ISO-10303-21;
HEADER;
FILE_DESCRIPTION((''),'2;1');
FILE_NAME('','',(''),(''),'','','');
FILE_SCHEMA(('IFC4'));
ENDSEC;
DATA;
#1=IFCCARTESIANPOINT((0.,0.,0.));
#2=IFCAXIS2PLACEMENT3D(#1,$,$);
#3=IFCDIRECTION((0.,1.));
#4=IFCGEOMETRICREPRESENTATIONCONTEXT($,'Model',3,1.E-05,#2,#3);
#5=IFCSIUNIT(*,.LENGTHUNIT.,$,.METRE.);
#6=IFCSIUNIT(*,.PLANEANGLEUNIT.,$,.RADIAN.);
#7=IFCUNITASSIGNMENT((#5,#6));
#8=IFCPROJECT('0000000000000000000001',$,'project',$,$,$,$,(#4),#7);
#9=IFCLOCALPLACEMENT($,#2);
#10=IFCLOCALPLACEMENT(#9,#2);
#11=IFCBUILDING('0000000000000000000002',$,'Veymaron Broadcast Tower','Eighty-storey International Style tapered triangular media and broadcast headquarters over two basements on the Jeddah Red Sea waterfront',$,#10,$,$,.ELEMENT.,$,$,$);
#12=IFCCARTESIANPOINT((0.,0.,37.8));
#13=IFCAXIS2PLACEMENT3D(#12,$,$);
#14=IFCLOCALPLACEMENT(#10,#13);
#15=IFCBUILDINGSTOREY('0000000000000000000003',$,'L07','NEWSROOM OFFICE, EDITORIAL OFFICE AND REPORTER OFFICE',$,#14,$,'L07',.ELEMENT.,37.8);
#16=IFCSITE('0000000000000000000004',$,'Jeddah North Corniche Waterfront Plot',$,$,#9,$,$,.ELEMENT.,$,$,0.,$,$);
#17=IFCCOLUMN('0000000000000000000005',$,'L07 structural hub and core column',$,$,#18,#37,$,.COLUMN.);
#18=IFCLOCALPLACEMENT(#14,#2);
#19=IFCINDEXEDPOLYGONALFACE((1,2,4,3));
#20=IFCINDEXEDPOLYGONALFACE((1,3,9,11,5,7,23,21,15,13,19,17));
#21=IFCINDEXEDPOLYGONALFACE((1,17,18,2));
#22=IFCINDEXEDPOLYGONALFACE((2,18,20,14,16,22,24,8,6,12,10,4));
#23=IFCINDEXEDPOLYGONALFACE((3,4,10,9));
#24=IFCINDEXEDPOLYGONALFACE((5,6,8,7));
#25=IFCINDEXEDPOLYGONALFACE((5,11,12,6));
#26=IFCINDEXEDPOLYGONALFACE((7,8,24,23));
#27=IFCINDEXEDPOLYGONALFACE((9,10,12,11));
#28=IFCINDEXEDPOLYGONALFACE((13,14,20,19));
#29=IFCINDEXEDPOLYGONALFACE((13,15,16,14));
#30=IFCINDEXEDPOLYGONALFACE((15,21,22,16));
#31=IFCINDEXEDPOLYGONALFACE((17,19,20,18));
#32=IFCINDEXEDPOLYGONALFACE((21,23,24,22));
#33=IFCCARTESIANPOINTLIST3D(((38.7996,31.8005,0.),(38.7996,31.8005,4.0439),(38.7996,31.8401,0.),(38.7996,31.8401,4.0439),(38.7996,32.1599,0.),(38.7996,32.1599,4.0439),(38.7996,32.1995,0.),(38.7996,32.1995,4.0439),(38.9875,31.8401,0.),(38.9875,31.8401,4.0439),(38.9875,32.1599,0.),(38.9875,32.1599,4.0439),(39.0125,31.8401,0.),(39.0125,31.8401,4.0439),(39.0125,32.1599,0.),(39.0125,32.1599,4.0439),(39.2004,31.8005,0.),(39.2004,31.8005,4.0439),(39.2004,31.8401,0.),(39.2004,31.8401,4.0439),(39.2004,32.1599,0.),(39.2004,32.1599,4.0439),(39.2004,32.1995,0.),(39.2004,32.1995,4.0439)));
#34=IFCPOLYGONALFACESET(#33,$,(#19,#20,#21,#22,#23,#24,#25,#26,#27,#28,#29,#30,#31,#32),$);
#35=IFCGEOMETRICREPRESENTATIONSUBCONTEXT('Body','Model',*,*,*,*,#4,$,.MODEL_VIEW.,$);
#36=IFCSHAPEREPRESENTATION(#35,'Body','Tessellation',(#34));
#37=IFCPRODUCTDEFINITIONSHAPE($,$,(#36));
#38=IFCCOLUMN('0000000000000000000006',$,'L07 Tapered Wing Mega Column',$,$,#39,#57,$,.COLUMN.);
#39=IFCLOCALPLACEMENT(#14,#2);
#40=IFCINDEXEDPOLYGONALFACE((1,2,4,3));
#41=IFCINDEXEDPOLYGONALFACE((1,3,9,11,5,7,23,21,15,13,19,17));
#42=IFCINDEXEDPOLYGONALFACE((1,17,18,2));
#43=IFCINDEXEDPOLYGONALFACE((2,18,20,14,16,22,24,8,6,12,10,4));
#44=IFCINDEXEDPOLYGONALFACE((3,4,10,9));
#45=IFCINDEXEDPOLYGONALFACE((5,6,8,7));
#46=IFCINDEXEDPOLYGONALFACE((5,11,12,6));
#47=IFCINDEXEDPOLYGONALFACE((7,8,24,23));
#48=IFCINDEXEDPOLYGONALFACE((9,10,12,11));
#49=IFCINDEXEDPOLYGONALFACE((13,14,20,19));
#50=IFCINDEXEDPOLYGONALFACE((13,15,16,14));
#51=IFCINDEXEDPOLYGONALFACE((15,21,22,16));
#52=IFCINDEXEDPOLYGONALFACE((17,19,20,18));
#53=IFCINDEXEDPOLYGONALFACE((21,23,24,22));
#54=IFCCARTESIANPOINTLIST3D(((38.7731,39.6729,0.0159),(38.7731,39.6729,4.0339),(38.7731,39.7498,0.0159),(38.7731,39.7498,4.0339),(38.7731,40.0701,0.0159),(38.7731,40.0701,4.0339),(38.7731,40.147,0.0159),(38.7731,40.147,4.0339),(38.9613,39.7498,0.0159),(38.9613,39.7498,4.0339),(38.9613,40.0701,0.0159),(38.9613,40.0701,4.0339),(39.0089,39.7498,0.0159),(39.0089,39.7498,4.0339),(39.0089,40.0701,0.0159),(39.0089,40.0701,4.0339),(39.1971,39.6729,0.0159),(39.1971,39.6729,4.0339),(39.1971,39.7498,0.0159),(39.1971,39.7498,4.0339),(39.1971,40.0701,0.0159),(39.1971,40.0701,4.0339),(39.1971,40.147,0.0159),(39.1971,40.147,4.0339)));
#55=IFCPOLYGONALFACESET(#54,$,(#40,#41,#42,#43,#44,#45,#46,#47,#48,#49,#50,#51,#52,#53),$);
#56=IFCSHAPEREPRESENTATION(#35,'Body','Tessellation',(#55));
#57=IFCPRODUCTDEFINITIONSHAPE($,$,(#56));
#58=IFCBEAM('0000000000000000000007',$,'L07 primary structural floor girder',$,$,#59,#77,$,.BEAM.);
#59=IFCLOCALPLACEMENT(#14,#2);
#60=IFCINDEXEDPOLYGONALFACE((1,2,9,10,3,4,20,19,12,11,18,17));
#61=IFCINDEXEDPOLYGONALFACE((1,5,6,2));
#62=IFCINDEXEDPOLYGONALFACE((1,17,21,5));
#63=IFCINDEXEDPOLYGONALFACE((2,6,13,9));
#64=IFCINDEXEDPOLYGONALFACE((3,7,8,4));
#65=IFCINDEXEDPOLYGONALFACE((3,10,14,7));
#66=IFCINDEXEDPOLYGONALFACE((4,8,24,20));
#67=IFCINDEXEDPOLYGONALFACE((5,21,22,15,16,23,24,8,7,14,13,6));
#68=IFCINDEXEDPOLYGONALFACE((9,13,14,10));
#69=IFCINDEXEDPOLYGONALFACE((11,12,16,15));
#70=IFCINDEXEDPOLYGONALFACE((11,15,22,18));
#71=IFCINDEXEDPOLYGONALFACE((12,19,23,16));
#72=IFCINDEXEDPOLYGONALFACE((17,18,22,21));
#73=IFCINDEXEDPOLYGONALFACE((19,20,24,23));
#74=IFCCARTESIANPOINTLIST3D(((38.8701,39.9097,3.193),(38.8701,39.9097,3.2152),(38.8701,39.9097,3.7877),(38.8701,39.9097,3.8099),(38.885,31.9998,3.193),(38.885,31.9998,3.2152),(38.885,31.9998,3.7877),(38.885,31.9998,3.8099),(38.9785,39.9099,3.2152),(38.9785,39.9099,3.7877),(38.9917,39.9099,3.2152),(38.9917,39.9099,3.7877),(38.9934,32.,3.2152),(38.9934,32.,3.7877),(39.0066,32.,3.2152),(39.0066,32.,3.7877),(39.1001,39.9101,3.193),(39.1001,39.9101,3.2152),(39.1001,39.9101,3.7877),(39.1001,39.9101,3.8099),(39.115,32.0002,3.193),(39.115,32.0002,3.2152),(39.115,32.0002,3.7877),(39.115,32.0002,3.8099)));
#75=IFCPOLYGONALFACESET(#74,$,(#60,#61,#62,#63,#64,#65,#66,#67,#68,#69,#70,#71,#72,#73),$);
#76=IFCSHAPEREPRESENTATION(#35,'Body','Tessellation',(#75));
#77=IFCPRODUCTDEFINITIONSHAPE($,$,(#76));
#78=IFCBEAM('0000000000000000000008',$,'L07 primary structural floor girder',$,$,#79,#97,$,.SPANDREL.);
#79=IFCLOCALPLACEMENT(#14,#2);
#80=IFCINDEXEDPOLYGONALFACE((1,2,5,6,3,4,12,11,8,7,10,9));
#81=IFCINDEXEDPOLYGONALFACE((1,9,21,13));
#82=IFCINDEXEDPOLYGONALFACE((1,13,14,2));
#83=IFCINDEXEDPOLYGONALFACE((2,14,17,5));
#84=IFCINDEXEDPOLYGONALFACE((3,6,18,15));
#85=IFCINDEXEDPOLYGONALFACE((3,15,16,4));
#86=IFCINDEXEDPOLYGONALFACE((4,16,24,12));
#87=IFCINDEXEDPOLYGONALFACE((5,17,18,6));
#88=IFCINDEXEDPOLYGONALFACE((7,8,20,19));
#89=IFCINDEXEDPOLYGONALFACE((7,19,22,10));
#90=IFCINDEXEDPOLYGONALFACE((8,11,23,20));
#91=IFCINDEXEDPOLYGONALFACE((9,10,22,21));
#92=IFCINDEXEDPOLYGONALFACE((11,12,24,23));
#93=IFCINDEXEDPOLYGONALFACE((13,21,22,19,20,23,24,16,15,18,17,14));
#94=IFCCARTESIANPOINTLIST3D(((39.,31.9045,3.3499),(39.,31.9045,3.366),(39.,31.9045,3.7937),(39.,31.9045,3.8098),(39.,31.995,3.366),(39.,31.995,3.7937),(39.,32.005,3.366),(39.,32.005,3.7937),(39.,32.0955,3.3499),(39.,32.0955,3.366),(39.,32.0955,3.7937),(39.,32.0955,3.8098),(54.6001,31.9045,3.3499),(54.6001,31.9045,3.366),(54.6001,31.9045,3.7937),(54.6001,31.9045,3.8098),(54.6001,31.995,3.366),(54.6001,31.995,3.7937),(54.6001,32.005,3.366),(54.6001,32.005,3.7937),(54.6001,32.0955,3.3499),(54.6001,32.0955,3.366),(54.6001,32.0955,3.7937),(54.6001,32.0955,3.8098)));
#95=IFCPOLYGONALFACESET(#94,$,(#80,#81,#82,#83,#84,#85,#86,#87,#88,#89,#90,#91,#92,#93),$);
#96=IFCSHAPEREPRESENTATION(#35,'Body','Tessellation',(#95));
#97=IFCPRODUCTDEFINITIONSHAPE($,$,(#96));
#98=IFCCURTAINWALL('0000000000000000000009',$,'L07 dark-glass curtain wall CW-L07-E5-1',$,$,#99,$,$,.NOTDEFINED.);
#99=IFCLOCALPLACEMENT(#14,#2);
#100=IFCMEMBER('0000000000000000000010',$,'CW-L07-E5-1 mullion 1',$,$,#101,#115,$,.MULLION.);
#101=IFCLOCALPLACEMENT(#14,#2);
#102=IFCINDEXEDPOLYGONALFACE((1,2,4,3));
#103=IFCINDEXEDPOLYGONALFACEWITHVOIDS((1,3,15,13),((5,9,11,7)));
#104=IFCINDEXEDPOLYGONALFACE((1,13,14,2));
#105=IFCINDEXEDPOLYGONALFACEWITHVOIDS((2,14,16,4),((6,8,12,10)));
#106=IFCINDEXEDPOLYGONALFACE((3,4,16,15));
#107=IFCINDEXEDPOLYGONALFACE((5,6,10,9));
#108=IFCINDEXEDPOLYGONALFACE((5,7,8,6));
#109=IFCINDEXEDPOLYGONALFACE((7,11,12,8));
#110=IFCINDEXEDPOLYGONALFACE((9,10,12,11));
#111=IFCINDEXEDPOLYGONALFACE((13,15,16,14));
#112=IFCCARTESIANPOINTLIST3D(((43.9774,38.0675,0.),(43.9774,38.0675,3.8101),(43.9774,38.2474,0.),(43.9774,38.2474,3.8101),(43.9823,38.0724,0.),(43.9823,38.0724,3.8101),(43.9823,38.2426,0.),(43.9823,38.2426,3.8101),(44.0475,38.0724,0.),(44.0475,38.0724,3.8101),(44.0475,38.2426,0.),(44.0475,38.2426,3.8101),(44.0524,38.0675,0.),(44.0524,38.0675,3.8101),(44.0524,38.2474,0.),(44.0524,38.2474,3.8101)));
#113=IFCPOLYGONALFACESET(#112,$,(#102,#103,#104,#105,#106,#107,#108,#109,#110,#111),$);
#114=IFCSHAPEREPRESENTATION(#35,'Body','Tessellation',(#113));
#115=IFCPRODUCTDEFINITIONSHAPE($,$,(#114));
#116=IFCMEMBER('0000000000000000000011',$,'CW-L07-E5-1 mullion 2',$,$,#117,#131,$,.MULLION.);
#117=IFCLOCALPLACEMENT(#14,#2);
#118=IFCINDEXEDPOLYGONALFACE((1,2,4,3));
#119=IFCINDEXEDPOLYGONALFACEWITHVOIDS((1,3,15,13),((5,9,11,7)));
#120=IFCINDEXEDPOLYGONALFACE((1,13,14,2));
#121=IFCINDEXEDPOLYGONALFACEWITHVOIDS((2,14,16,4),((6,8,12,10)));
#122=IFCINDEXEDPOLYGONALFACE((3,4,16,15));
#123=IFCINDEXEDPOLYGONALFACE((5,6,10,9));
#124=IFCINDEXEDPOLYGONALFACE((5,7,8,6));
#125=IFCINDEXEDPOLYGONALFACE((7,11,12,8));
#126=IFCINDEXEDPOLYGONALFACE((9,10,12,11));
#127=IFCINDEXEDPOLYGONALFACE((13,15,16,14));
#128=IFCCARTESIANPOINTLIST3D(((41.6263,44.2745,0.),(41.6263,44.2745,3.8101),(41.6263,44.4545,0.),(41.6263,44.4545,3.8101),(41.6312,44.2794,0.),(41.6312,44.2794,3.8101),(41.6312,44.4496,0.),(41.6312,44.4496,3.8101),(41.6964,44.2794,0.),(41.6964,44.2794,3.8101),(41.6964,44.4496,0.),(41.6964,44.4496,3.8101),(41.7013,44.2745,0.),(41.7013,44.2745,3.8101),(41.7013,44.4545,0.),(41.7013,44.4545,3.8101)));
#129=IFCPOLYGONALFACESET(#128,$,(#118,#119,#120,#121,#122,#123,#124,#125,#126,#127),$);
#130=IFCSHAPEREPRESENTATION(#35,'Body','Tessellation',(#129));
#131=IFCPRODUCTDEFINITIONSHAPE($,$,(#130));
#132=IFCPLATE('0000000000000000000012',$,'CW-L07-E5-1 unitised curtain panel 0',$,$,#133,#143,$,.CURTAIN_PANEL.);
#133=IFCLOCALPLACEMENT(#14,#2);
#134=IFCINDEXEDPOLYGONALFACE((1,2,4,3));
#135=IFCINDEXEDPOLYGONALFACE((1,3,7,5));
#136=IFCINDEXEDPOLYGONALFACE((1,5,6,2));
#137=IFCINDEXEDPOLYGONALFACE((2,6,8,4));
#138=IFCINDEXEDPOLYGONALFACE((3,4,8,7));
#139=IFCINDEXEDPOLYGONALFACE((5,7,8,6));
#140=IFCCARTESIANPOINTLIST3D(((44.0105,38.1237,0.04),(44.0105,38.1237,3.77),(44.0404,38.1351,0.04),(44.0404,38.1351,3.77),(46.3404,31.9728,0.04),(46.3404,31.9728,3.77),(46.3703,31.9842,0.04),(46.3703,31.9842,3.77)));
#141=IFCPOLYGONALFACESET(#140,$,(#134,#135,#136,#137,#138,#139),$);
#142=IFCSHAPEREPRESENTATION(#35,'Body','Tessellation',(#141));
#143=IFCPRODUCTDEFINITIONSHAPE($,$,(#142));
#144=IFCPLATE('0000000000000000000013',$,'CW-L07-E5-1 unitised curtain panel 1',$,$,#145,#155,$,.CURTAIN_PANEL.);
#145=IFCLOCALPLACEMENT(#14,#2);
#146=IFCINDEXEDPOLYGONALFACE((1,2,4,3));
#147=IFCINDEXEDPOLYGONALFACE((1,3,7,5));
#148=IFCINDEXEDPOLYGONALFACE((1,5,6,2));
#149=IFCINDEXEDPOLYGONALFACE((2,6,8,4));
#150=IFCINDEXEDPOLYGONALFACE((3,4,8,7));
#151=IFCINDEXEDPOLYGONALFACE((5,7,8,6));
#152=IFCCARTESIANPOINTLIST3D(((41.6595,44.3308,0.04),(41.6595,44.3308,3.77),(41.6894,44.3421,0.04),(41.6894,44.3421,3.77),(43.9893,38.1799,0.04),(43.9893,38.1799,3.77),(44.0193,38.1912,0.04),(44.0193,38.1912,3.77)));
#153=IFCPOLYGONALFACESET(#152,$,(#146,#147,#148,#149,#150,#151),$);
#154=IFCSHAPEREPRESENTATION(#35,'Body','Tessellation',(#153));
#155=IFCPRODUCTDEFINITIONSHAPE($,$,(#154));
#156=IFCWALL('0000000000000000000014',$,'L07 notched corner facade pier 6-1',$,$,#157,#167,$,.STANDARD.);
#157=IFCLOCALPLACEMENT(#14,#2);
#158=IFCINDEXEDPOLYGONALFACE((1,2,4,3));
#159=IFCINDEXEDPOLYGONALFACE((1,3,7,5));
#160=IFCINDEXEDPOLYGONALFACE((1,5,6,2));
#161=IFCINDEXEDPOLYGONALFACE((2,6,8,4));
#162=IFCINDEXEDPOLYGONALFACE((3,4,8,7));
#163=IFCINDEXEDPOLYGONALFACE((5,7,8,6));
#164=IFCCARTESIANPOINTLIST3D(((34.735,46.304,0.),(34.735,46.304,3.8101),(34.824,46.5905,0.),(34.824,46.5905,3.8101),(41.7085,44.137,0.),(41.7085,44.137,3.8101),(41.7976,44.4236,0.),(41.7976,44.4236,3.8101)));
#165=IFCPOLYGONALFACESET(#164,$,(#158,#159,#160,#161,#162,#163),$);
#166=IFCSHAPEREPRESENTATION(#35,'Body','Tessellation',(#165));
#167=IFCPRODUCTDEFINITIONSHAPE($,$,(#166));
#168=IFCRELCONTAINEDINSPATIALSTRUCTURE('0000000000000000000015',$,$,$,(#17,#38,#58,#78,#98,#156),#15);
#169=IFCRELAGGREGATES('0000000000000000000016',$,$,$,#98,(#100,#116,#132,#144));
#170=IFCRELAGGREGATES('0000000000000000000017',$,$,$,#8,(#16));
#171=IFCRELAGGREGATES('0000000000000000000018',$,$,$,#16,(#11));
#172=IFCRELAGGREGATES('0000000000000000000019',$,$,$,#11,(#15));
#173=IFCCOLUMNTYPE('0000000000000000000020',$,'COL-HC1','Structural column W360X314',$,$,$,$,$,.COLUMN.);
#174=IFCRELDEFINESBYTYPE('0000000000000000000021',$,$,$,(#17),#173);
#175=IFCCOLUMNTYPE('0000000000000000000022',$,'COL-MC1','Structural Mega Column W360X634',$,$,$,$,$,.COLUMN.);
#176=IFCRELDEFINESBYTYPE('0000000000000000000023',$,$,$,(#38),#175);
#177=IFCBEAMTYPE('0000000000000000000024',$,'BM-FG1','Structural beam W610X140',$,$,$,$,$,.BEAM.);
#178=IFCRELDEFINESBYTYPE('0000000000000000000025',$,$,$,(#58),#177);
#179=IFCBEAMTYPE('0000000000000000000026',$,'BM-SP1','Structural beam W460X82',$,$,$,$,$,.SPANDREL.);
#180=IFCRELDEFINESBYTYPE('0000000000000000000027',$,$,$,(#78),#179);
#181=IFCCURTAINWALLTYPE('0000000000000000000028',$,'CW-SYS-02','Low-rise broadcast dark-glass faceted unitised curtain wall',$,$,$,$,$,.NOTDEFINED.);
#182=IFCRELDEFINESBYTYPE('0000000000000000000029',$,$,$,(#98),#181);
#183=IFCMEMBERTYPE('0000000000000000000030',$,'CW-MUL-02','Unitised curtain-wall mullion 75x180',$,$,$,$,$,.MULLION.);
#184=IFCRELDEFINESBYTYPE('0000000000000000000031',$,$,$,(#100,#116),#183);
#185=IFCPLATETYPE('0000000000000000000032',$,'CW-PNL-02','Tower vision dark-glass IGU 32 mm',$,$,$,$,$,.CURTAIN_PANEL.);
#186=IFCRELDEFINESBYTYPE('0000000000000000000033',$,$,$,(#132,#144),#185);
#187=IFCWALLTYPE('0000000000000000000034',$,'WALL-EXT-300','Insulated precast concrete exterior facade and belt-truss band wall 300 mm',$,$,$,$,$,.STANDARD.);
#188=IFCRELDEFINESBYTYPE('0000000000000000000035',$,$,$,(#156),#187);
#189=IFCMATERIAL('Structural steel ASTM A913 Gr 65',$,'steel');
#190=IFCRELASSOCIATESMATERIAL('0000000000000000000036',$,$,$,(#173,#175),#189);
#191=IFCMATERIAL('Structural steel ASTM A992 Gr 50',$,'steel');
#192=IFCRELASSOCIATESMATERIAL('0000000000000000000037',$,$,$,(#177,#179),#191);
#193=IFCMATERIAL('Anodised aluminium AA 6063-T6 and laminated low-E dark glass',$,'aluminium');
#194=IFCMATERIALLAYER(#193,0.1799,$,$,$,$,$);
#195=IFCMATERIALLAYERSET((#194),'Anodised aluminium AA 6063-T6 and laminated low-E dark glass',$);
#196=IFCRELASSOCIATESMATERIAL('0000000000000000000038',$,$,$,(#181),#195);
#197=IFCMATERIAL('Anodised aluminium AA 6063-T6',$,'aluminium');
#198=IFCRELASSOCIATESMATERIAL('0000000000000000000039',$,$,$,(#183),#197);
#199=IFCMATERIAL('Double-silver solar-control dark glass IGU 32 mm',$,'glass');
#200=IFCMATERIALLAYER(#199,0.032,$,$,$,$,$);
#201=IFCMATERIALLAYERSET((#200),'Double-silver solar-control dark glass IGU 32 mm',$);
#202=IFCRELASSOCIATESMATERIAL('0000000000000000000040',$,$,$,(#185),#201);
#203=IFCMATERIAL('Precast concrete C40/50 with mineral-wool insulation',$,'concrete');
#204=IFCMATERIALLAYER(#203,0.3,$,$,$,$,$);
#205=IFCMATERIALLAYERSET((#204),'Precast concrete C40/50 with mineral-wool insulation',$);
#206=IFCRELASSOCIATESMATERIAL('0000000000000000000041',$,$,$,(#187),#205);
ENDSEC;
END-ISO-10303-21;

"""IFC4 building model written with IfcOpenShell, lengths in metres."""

from ifc_helpers import new_model, si_unit, direction, frame, frame_2d, origin, origin_2d, place, context, subcontext, project, spatial, rectangle, hollow_rectangle, i_section, extrude, material, layer, layer_set, material_profile, profile_set, type_object, element, aggregate, save


model = new_model("IFC4")

# Units and contexts
model_context = context("Model", 3, precision=1e-05, world=origin(), true_north=direction((0.0, 1.0)))
body_context = subcontext(model_context, "Body", "Model", "MODEL_VIEW")
ifc_project = project(units=[si_unit("LENGTHUNIT", "METRE"), si_unit("PLANEANGLEUNIT", "RADIAN")], contexts=[model_context])

# Site, building, storey
site_placement = place(None, origin())
site = spatial("IfcSite", under=ifc_project, at=site_placement, Name="Jeddah North Corniche Waterfront Plot", CompositionType="ELEMENT", RefElevation=0.0)
building_placement = place(site_placement, origin())
building = spatial("IfcBuilding", under=site, at=building_placement, Name="Veymaron Broadcast Tower", Description="Eighty-storey International Style tapered triangular media and broadcast headquarters over two basements on the Jeddah Red Sea waterfront", CompositionType="ELEMENT")
storey_placement = place(building_placement, frame((0.0, 0.0, 37.8)))
storey = spatial("IfcBuildingStorey", under=building, at=storey_placement, Name="L07", Description="NEWSROOM OFFICE, EDITORIAL OFFICE AND REPORTER OFFICE", LongName="L07", CompositionType="ELEMENT", Elevation=37.8)

# Columns
ifc_material_1 = material(Name="Structural steel ASTM A913 Gr 65", Category="steel")
ifc_material_profile_1 = material_profile(ifc_material_1, i_section(OverallWidth=0.4009, OverallDepth=0.3989, WebThickness=0.0249, FlangeThickness=0.0396, at=origin_2d()), Name="W360X314")
ifc_profile_set_1 = profile_set([ifc_material_profile_1], Name="Structural steel ASTM A913 Gr 65")
column_type_1 = type_object("IfcColumnType", Name="COL-HC1", Description="Structural column W360X314", PredefinedType="COLUMN", material=ifc_profile_set_1)
column_1_placement = place(storey_placement, frame((39.0, 32.0, 0.0), z_axis=(0.0, 0.0, 1.0), x_axis=(1.0, 0.0, 0.0)))
element("IfcColumn", 1, at=column_1_placement, inside=storey, type_object=column_type_1, Name="L07 structural hub and core column", PredefinedType="COLUMN", context=body_context, shape_type="SweptSolid", body=[
    extrude(i_section(OverallWidth=0.4009, OverallDepth=0.3989, WebThickness=0.0249, FlangeThickness=0.0396, at=origin_2d()), origin(), (0.0, 0.0, 1.0), 4.0439),
])
ifc_material_profile_2 = material_profile(ifc_material_1, i_section(OverallWidth=0.4241, OverallDepth=0.4741, WebThickness=0.0476, FlangeThickness=0.0769, at=origin_2d()), Name="W360X634")
ifc_profile_set_2 = profile_set([ifc_material_profile_2], Name="Structural steel ASTM A913 Gr 65")
column_type_2 = type_object("IfcColumnType", Name="COL-MC1", Description="Structural Mega Column W360X634", PredefinedType="COLUMN", material=ifc_profile_set_2)
column_2_placement = place(storey_placement, frame((38.9851, 39.9099, 0.0159), z_axis=(0.0, 0.0, 1.0), x_axis=(1.0, 0.0, 0.0)))
element("IfcColumn", 2, at=column_2_placement, inside=storey, type_object=column_type_2, Name="L07 Tapered Wing Mega Column", PredefinedType="COLUMN", context=body_context, shape_type="SweptSolid", body=[
    extrude(i_section(OverallWidth=0.4241, OverallDepth=0.4741, WebThickness=0.0476, FlangeThickness=0.0769, at=origin_2d()), origin(), (0.0, 0.0, 1.0), 4.0181),
])

# Beams
ifc_material_2 = material(Name="Structural steel ASTM A992 Gr 50", Category="steel")
ifc_material_profile_3 = material_profile(ifc_material_2, i_section(OverallWidth=0.23, OverallDepth=0.6169, WebThickness=0.0132, FlangeThickness=0.0222, at=origin_2d()), Name="W610X140")
ifc_profile_set_3 = profile_set([ifc_material_profile_3], Name="Structural steel ASTM A992 Gr 50")
beam_type_1 = type_object("IfcBeamType", Name="BM-FG1", Description="Structural beam W610X140", PredefinedType="BEAM", material=ifc_profile_set_3)
beam_1_placement = place(storey_placement, frame((39.0, 32.0, 3.5015), z_axis=(-0.001883, 0.999998, 0.0), x_axis=(-0.999998, -0.001883, 0.0)))
element("IfcBeam", 3, at=beam_1_placement, inside=storey, type_object=beam_type_1, Name="L07 primary structural floor girder", PredefinedType="BEAM", context=body_context, shape_type="SweptSolid", body=[
    extrude(i_section(OverallWidth=0.23, OverallDepth=0.6169, WebThickness=0.0132, FlangeThickness=0.0222, at=origin_2d()), origin(), (0.0, 0.0, 1.0), 7.9099),
])
ifc_material_profile_4 = material_profile(ifc_material_2, i_section(OverallWidth=0.1909, OverallDepth=0.46, WebThickness=0.01, FlangeThickness=0.0161, at=origin_2d()), Name="W460X82")
ifc_profile_set_4 = profile_set([ifc_material_profile_4], Name="Structural steel ASTM A992 Gr 50")
beam_type_2 = type_object("IfcBeamType", Name="BM-SP1", Description="Structural beam W460X82", PredefinedType="SPANDREL", material=ifc_profile_set_4)
beam_2_placement = place(storey_placement, frame((39.0, 32.0, 3.5798), z_axis=(1.0, 0.0, 0.0), x_axis=(0.0, 1.0, 0.0)))
element("IfcBeam", 4, at=beam_2_placement, inside=storey, type_object=beam_type_2, Name="L07 primary structural floor girder", PredefinedType="SPANDREL", context=body_context, shape_type="SweptSolid", body=[
    extrude(i_section(OverallWidth=0.1909, OverallDepth=0.46, WebThickness=0.01, FlangeThickness=0.0161, at=origin_2d()), origin(), (0.0, 0.0, 1.0), 15.6001),
])

# Curtain wall, members, plates
ifc_material_3 = material(Name="Anodised aluminium AA 6063-T6 and laminated low-E dark glass", Category="aluminium")
ifc_layer_1 = layer(ifc_material_3, 0.1799)
ifc_layer_set_1 = layer_set([ifc_layer_1], Name="Anodised aluminium AA 6063-T6 and laminated low-E dark glass")
curtain_wall_type = type_object("IfcCurtainWallType", Name="CW-SYS-02", Description="Low-rise broadcast dark-glass faceted unitised curtain wall", PredefinedType="NOTDEFINED", material=ifc_layer_set_1)
curtain_wall_placement = place(storey_placement, origin())
curtain_wall = element("IfcCurtainWall", 5, at=curtain_wall_placement, inside=storey, type_object=curtain_wall_type, Name="L07 dark-glass curtain wall CW-L07-E5-1", PredefinedType="NOTDEFINED")
ifc_material_4 = material(Name="Anodised aluminium AA 6063-T6", Category="aluminium")
ifc_material_profile_5 = material_profile(ifc_material_4, hollow_rectangle(XDim=0.075, YDim=0.1799, WallThickness=0.0049, at=origin_2d()), Name="AL180X75X5")
ifc_profile_set_5 = profile_set([ifc_material_profile_5], Name="Anodised aluminium AA 6063-T6")
member_type = type_object("IfcMemberType", Name="CW-MUL-02", Description="Unitised curtain-wall mullion 75x180", PredefinedType="MULLION", material=ifc_profile_set_5)
member_1_placement = place(storey_placement, frame((44.0149, 38.1575, 0.0), z_axis=(0.0, 0.0, 1.0), x_axis=(1.0, 0.0, 0.0)))
member_1 = element("IfcMember", 6, at=member_1_placement, type_object=member_type, Name="CW-L07-E5-1 mullion 1", PredefinedType="MULLION", context=body_context, shape_type="SweptSolid", body=[
    extrude(hollow_rectangle(XDim=0.075, YDim=0.1799, WallThickness=0.0049, at=origin_2d()), origin(), (0.0, 0.0, 1.0), 3.8101),
])
member_2_placement = place(storey_placement, frame((41.6638, 44.3645, 0.0), z_axis=(0.0, 0.0, 1.0), x_axis=(1.0, 0.0, 0.0)))
member_2 = element("IfcMember", 7, at=member_2_placement, type_object=member_type, Name="CW-L07-E5-1 mullion 2", PredefinedType="MULLION", context=body_context, shape_type="SweptSolid", body=[
    extrude(hollow_rectangle(XDim=0.075, YDim=0.1799, WallThickness=0.0049, at=origin_2d()), origin(), (0.0, 0.0, 1.0), 3.8101),
])
ifc_material_5 = material(Name="Double-silver solar-control dark glass IGU 32 mm", Category="glass")
ifc_layer_2 = layer(ifc_material_5, 0.032)
ifc_layer_set_2 = layer_set([ifc_layer_2], Name="Double-silver solar-control dark glass IGU 32 mm")
plate_type = type_object("IfcPlateType", Name="CW-PNL-02", Description="Tower vision dark-glass IGU 32 mm", PredefinedType="CURTAIN_PANEL", material=ifc_layer_set_2)
plate_1_placement = place(storey_placement, frame((45.1904, 35.054, 0.04), z_axis=(0.0, 0.0, 1.0), x_axis=(-0.354226, 0.93516, 0.0)))
plate_1 = element("IfcPlate", 8, at=plate_1_placement, type_object=plate_type, Name="CW-L07-E5-1 unitised curtain panel 0", PredefinedType="CURTAIN_PANEL", context=body_context, shape_type="SweptSolid", body=[
    extrude(rectangle(XDim=6.5774, YDim=0.032, at=origin_2d()), origin(), (0.0, 0.0, 1.0), 3.73),
])
plate_2_placement = place(storey_placement, frame((42.8394, 41.261, 0.04), z_axis=(0.0, 0.0, 1.0), x_axis=(-0.354226, 0.93516, 0.0)))
plate_2 = element("IfcPlate", 9, at=plate_2_placement, type_object=plate_type, Name="CW-L07-E5-1 unitised curtain panel 1", PredefinedType="CURTAIN_PANEL", context=body_context, shape_type="SweptSolid", body=[
    extrude(rectangle(XDim=6.5774, YDim=0.032, at=origin_2d()), origin(), (0.0, 0.0, 1.0), 3.73),
])
aggregate(curtain_wall, [member_1, member_2, plate_1, plate_2])

# Wall
ifc_material_6 = material(Name="Precast concrete C40/50 with mineral-wool insulation", Category="concrete")
ifc_layer_3 = layer(ifc_material_6, 0.3)
ifc_layer_set_3 = layer_set([ifc_layer_3], Name="Precast concrete C40/50 with mineral-wool insulation")
wall_type_1 = type_object("IfcWallType", Name="WALL-EXT-300", Description="Insulated precast concrete exterior facade and belt-truss band wall 300 mm", PredefinedType="STANDARD", material=ifc_layer_set_3)
wall_1_placement = place(storey_placement, frame((41.7532, 44.2803, 0.0), z_axis=(0.0, 0.0, 1.0), x_axis=(-0.954957, 0.296744, 0.0)))
element("IfcWall", 10, at=wall_1_placement, inside=storey, type_object=wall_type_1, Name="L07 notched corner facade pier 6-1", PredefinedType="STANDARD", context=body_context, shape_type="SweptSolid", body=[
    extrude(rectangle(XDim=7.3025, YDim=0.3, at=frame_2d((3.6514, 0.0))), origin(), (0.0, 0.0, 1.0), 3.8101),
])

save(model, "model.ifc")
